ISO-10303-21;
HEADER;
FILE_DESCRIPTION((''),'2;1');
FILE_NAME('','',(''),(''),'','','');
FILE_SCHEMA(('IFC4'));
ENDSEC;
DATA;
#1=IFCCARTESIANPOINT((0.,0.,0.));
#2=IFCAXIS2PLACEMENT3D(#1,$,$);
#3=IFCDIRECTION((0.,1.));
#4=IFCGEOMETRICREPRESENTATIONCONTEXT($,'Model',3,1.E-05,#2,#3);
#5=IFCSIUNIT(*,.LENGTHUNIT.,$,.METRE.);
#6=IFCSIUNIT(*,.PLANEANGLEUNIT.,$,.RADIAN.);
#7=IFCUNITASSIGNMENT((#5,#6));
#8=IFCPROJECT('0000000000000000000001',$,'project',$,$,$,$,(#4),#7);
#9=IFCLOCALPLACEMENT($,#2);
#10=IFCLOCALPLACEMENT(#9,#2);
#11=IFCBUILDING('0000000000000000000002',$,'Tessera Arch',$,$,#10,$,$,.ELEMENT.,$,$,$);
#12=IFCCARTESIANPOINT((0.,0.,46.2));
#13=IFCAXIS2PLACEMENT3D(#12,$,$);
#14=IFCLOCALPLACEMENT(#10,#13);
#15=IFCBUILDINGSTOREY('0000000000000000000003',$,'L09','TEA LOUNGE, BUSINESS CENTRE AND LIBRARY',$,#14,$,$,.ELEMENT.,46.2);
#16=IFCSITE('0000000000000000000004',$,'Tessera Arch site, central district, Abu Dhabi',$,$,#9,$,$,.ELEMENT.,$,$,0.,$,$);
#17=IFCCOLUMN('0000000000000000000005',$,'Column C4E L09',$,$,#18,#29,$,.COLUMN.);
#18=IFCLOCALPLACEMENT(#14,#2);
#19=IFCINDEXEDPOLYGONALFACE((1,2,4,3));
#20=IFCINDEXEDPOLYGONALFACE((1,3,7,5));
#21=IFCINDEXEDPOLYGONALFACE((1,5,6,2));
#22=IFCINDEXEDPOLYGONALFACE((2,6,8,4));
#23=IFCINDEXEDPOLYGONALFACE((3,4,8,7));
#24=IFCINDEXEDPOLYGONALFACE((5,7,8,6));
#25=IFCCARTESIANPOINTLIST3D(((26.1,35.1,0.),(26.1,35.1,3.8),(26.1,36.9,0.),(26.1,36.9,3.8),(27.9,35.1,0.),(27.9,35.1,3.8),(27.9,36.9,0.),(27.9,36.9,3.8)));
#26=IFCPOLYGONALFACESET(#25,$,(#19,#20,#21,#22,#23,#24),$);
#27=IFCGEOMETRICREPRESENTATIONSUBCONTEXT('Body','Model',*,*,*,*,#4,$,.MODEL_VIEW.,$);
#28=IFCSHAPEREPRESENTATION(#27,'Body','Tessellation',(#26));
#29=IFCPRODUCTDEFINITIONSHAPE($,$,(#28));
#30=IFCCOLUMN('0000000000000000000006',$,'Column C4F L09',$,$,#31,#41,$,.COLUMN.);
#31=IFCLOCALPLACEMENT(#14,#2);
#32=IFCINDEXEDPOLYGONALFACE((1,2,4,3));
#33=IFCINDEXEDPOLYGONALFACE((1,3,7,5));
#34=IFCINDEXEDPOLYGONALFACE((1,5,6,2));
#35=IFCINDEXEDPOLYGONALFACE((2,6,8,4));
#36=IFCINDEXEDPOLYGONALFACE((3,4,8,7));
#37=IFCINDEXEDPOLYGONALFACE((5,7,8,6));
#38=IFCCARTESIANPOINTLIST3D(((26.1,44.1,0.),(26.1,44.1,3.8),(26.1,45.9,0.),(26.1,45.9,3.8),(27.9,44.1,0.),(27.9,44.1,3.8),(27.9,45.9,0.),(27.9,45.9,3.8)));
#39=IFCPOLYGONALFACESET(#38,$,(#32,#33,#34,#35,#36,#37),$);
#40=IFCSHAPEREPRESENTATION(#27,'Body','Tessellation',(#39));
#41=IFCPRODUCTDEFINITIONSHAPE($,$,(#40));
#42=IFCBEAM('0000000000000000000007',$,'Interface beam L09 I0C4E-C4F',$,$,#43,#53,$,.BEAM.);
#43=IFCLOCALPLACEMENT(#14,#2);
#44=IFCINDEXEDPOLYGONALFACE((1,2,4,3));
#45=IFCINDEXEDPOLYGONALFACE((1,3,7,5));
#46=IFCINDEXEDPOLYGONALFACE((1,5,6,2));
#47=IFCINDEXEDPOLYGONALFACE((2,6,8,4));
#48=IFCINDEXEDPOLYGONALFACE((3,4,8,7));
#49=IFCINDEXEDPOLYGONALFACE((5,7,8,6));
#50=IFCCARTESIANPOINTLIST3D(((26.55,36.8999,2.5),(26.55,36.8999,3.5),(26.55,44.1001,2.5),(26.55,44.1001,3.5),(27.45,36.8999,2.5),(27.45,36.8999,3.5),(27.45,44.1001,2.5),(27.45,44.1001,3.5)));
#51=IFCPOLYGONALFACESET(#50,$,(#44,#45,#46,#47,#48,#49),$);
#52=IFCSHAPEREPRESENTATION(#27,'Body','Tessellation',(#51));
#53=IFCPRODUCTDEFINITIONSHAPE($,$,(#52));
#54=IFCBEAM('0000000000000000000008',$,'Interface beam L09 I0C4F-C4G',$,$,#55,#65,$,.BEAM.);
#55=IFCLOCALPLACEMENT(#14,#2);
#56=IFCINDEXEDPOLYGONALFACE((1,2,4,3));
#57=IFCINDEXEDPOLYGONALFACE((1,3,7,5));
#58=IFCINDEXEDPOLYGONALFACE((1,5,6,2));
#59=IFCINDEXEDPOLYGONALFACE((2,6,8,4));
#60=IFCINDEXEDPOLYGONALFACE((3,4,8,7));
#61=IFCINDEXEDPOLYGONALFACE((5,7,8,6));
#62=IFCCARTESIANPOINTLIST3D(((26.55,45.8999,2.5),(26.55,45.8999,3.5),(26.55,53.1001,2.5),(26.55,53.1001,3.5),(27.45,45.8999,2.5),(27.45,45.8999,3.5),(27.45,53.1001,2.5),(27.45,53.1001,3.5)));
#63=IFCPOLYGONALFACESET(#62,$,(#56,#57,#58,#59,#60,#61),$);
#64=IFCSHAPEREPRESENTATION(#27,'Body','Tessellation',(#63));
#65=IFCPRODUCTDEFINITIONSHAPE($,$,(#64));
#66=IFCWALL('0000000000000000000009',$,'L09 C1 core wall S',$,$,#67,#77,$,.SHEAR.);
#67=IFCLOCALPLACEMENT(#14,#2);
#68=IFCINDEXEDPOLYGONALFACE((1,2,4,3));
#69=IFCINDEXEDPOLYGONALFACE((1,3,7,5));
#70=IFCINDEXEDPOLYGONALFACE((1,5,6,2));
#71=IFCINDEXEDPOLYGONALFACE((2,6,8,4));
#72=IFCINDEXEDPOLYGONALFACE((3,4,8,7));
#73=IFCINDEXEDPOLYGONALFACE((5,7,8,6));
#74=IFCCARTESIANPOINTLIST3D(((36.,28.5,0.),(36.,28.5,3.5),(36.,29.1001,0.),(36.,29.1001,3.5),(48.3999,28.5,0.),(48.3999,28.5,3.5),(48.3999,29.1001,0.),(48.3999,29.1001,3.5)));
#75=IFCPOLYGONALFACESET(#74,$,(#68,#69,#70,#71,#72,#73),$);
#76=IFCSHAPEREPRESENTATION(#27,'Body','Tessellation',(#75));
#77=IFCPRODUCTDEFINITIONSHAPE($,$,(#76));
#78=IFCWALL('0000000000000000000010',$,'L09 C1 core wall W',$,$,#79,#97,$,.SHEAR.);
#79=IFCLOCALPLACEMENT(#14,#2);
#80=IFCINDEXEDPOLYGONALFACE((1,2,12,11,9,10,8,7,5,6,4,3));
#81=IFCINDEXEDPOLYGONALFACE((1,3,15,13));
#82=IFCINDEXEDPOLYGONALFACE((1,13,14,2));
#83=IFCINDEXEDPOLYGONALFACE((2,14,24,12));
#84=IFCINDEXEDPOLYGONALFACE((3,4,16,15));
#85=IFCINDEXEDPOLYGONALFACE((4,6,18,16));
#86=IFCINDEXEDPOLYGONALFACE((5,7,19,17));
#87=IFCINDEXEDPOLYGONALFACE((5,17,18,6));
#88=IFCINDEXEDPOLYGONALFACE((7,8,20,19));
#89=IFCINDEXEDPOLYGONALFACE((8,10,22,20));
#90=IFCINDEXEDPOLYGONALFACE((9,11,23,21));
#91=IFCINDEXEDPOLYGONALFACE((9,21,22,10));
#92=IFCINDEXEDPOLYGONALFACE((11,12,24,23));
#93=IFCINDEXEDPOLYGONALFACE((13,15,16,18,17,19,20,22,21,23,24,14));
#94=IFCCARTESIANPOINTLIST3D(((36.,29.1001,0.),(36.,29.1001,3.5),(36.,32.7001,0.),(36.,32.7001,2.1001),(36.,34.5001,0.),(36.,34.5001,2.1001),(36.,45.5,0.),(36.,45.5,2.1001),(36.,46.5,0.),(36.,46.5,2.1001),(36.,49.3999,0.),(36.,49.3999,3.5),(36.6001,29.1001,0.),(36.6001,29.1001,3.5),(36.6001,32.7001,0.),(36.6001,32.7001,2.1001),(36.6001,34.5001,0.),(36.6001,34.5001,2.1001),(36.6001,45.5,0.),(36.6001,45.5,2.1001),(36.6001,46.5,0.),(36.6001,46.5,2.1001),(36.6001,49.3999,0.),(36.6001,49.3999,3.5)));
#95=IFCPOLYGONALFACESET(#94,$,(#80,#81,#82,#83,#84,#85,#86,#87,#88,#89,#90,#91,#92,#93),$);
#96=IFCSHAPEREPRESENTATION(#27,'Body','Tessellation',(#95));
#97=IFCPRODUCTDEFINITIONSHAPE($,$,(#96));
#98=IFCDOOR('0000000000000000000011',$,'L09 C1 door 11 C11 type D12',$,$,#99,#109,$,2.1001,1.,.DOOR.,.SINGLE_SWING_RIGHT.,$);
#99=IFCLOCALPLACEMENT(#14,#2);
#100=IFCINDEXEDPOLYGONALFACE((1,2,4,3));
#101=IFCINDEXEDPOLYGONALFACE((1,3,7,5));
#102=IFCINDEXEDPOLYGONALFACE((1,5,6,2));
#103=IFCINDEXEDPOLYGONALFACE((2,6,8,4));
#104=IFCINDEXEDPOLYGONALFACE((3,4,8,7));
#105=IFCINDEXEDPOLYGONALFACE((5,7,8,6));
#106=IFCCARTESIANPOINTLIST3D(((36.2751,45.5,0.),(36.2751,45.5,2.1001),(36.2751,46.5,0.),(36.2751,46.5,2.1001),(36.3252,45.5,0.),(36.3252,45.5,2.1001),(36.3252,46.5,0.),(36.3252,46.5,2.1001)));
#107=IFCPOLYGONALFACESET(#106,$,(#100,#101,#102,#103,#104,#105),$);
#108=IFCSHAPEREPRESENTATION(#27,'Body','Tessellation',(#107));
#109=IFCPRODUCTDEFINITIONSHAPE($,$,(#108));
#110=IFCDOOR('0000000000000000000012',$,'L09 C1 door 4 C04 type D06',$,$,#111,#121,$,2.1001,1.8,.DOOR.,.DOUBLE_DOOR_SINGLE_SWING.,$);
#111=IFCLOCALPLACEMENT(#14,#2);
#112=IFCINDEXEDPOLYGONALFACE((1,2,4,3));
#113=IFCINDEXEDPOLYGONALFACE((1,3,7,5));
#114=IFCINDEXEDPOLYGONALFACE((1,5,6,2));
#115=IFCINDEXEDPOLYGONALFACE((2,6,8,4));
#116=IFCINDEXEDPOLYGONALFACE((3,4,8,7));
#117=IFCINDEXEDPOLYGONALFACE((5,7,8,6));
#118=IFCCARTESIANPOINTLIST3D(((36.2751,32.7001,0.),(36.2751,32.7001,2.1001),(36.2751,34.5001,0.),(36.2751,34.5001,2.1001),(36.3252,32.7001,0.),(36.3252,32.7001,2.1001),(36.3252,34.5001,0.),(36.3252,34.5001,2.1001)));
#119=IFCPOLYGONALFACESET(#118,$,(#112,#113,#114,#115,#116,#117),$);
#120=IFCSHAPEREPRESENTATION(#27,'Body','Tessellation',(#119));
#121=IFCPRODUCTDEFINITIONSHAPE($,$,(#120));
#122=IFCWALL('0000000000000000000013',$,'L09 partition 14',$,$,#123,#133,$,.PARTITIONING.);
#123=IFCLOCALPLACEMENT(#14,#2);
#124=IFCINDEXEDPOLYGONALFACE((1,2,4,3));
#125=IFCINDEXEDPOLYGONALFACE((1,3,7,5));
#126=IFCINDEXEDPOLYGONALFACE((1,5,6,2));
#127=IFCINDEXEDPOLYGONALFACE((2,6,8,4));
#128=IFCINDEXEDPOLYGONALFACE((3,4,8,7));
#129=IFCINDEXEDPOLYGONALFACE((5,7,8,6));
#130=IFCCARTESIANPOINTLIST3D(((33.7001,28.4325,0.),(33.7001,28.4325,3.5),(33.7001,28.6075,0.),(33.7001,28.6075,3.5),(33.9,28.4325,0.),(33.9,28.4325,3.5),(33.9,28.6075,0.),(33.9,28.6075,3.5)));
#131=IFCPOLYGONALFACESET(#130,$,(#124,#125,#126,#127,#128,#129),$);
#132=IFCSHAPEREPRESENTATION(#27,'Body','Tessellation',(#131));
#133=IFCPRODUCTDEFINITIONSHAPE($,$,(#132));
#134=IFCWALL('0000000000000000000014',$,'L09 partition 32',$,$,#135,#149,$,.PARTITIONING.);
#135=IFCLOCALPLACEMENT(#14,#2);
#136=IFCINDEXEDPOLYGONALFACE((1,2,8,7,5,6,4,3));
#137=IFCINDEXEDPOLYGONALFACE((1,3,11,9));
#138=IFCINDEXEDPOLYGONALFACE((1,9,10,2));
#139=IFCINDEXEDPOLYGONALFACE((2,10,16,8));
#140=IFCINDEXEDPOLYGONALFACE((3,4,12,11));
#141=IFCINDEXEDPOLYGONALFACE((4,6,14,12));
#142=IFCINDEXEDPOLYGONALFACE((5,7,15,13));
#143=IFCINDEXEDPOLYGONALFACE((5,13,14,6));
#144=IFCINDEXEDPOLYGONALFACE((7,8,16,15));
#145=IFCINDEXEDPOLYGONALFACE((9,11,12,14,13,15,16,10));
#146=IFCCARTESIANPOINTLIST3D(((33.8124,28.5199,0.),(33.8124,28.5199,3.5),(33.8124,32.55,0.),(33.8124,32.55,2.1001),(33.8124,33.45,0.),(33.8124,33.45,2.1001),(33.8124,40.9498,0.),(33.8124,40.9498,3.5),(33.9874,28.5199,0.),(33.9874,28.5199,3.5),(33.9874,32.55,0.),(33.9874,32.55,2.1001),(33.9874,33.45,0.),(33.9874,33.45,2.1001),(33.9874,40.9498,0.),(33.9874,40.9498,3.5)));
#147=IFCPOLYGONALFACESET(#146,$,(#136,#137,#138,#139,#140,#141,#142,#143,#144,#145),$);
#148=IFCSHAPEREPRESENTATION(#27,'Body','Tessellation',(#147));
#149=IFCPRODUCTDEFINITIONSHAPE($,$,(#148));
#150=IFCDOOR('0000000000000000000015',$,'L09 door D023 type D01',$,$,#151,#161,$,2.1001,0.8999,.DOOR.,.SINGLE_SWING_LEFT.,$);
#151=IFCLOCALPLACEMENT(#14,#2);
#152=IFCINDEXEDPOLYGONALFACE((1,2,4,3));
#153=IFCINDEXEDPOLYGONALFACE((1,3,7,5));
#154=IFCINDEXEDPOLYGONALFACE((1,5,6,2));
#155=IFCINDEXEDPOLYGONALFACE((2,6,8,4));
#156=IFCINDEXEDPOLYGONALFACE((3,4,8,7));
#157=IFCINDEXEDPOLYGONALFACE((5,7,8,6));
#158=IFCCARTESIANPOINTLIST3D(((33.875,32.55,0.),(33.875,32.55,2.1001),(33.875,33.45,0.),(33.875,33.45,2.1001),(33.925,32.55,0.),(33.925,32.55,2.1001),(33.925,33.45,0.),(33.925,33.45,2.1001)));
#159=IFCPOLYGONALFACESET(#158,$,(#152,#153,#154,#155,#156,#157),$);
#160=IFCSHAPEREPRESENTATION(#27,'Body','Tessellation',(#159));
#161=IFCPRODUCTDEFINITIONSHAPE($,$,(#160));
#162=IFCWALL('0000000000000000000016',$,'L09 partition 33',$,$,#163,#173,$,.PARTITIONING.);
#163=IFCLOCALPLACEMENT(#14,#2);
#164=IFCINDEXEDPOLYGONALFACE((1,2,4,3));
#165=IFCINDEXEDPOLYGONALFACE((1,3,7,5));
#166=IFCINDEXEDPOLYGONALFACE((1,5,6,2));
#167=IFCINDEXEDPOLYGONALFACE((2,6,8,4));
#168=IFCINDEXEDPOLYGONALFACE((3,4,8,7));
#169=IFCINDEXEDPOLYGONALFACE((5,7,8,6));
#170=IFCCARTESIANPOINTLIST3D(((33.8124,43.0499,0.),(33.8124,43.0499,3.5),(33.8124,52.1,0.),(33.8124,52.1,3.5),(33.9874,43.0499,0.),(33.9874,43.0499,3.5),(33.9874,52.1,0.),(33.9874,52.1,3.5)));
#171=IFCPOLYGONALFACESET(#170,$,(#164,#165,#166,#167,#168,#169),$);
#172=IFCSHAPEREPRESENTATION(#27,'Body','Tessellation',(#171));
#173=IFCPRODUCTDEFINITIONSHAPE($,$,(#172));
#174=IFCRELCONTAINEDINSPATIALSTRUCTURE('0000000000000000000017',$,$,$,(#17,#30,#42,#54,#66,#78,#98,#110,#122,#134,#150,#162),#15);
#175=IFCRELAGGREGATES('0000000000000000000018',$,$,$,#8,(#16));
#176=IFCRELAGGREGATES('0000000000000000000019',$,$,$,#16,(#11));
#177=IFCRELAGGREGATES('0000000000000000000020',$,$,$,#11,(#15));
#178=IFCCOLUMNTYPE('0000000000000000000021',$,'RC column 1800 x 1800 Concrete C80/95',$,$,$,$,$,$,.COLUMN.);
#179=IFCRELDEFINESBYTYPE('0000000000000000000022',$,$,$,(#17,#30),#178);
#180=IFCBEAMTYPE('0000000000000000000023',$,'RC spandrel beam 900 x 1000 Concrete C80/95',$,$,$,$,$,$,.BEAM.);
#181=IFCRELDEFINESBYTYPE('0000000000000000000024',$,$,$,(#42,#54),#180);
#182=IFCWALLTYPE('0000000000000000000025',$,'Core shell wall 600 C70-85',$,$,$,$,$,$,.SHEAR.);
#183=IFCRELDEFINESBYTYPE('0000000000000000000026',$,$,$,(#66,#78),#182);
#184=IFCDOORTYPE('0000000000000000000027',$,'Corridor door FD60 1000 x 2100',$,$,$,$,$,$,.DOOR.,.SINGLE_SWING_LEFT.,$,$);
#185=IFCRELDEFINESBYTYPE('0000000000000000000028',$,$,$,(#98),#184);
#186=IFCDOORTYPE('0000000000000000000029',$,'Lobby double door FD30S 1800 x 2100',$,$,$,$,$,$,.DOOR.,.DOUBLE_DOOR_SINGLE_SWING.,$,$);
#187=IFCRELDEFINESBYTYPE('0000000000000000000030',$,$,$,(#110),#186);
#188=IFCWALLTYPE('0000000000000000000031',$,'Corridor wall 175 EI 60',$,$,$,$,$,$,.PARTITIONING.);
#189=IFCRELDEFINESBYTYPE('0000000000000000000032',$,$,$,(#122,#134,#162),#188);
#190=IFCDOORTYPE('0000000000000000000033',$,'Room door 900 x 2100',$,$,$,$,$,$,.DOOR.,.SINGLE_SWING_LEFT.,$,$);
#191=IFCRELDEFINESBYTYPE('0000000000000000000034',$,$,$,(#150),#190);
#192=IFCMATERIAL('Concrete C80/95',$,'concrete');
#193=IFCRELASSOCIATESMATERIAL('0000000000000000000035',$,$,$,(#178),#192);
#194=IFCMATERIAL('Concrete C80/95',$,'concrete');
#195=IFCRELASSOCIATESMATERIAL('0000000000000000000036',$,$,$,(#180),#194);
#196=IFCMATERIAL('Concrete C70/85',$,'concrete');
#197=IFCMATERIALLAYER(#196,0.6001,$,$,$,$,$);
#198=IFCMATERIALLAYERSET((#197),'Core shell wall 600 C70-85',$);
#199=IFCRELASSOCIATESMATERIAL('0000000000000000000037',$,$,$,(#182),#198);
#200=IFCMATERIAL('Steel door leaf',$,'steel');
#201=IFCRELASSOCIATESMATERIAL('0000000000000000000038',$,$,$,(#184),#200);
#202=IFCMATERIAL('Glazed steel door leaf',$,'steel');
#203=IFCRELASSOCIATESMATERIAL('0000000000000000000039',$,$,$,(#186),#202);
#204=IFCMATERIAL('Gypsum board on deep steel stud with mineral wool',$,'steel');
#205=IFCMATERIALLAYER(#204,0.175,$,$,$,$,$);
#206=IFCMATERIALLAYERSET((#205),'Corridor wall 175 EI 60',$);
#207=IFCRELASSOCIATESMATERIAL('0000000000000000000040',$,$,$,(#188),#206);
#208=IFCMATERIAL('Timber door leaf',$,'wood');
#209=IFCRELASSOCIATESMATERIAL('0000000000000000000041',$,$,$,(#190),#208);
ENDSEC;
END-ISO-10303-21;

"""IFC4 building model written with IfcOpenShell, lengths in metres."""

from ifc_helpers import new_model, si_unit, direction, frame, frame_2d, origin, origin_2d, place, context, subcontext, project, spatial, rectangle, extrude, material, layer, layer_set, material_profile, profile_set, type_object, element, fill, save


model = new_model("IFC4")

# Units and contexts
model_context = context("Model", 3, precision=1e-05, world=origin(), true_north=direction((0.0, 1.0)))
body_context = subcontext(model_context, "Body", "Model", "MODEL_VIEW")
ifc_project = project(units=[si_unit("LENGTHUNIT", "METRE"), si_unit("PLANEANGLEUNIT", "RADIAN")], contexts=[model_context])

# Site, building, storey
site_placement = place(None, origin())
site = spatial("IfcSite", under=ifc_project, at=site_placement, Name="Tessera Arch site, central district, Abu Dhabi", CompositionType="ELEMENT", RefElevation=0.0)
building_placement = place(site_placement, origin())
building = spatial("IfcBuilding", under=site, at=building_placement, Name="Tessera Arch", CompositionType="ELEMENT")
storey_placement = place(building_placement, frame((0.0, 0.0, 46.2)))
storey = spatial("IfcBuildingStorey", under=building, at=storey_placement, Name="L09", Description="TEA LOUNGE, BUSINESS CENTRE AND LIBRARY", CompositionType="ELEMENT", Elevation=46.2)

# Columns
ifc_material_1 = material(Name="Concrete C80/95", Category="concrete")
ifc_material_profile_1 = material_profile(ifc_material_1, rectangle(XDim=1.8, YDim=1.8, at=origin_2d()), Name="RC column 1800 x 1800 Concrete C80/95")
ifc_profile_set_1 = profile_set([ifc_material_profile_1], Name="Concrete C80/95")
column_type = type_object("IfcColumnType", Name="RC column 1800 x 1800 Concrete C80/95", PredefinedType="COLUMN", material=ifc_profile_set_1)
for number, where, z_axis, x_axis, name in (
    (1, (27.0, 36.0, 0.0), (0.0, 0.0, 1.0), (1.0, 0.0, 0.0), "Column C4E L09"),
    (2, (27.0, 45.0, 0.0), (0.0, 0.0, 1.0), (1.0, 0.0, 0.0), "Column C4F L09"),
):
    element("IfcColumn", number, at=place(storey_placement, frame(where, z_axis=z_axis, x_axis=x_axis)), inside=storey, type_object=column_type, Name=name, PredefinedType="COLUMN", context=body_context, shape_type="SweptSolid", body=[
        extrude(rectangle(XDim=1.8, YDim=1.8, at=origin_2d()), origin(), (0.0, 0.0, 1.0), 3.8),
    ])

# Beams
ifc_material_2 = material(Name="Concrete C80/95", Category="concrete")
ifc_material_profile_2 = material_profile(ifc_material_2, rectangle(XDim=0.8999, YDim=1.0, at=origin_2d()), Name="RC spandrel beam 900 x 1000 Concrete C80/95")
ifc_profile_set_2 = profile_set([ifc_material_profile_2], Name="Concrete C80/95")
beam_type = type_object("IfcBeamType", Name="RC spandrel beam 900 x 1000 Concrete C80/95", PredefinedType="BEAM", material=ifc_profile_set_2)
for number, where, z_axis, x_axis, name in (
    (3, (27.0, 36.8999, 3.0), (0.0, 1.0, 0.0), (-1.0, 0.0, 0.0), "Interface beam L09 I0C4E-C4F"),
    (4, (27.0, 45.8999, 3.0), (0.0, 1.0, 0.0), (-1.0, 0.0, 0.0), "Interface beam L09 I0C4F-C4G"),
):
    element("IfcBeam", number, at=place(storey_placement, frame(where, z_axis=z_axis, x_axis=x_axis)), inside=storey, type_object=beam_type, Name=name, PredefinedType="BEAM", context=body_context, shape_type="SweptSolid", body=[
        extrude(rectangle(XDim=0.8999, YDim=1.0, at=origin_2d()), origin(), (0.0, 0.0, 1.0), 7.2002),
    ])

# Wall
ifc_material_3 = material(Name="Concrete C70/85", Category="concrete")
ifc_layer_1 = layer(ifc_material_3, 0.6001)
ifc_layer_set_1 = layer_set([ifc_layer_1], Name="Core shell wall 600 C70-85")
wall_type_1 = type_object("IfcWallType", Name="Core shell wall 600 C70-85", PredefinedType="SHEAR", material=ifc_layer_set_1)
wall_1_placement = place(storey_placement, frame((36.0, 28.8, 0.0), z_axis=(0.0, 0.0, 1.0), x_axis=(1.0, 0.0, 0.0)))
element("IfcWall", 5, at=wall_1_placement, inside=storey, type_object=wall_type_1, Name="L09 C1 core wall S", PredefinedType="SHEAR", context=body_context, shape_type="SweptSolid", body=[
    extrude(rectangle(XDim=12.3999, YDim=0.6001, at=frame_2d((6.2, 0.0))), origin(), (0.0, 0.0, 1.0), 3.5),
])

# Wall, openings, doors
wall_2_placement = place(storey_placement, frame((36.3, 29.1001, 0.0), z_axis=(0.0, 0.0, 1.0), x_axis=(0.0, 1.0, 0.0)))
wall_2 = element("IfcWall", 6, at=wall_2_placement, inside=storey, type_object=wall_type_1, Name="L09 C1 core wall W", PredefinedType="SHEAR", context=body_context, shape_type="SweptSolid", body=[
    extrude(rectangle(XDim=20.2998, YDim=0.6001, at=frame_2d((10.1499, 0.0))), origin(), (0.0, 0.0, 1.0), 3.5),
])
opening_1_placement = place(wall_2_placement, frame((3.6001, 0.0, 0.0)))
opening_1 = element("IfcOpeningElement", 7, at=opening_1_placement, cuts=wall_2, PredefinedType="OPENING", context=body_context, shape_type="SweptSolid", body=[
    extrude(rectangle(XDim=1.8, YDim=2.1001, at=frame_2d((0.8999, 1.05))), frame((0.0, 0.3101, 0.0), z_axis=(0.0, -1.0, 0.0), x_axis=(1.0, 0.0, 0.0)), (0.0, 0.0, 1.0), 0.6201),
])
opening_2_placement = place(wall_2_placement, frame((16.3999, 0.0, 0.0)))
opening_2 = element("IfcOpeningElement", 8, at=opening_2_placement, cuts=wall_2, PredefinedType="OPENING", context=body_context, shape_type="SweptSolid", body=[
    extrude(rectangle(XDim=1.0, YDim=2.1001, at=frame_2d((0.5, 1.05))), frame((0.0, 0.3101, 0.0), z_axis=(0.0, -1.0, 0.0), x_axis=(1.0, 0.0, 0.0)), (0.0, 0.0, 1.0), 0.6201),
])
ifc_material_4 = material(Name="Steel door leaf", Category="steel")
door_type_1 = type_object("IfcDoorType", Name="Corridor door FD60 1000 x 2100", OperationType="SINGLE_SWING_LEFT", PredefinedType="DOOR", material=ifc_material_4)
door_1_placement = place(opening_2_placement, origin())
door_1 = element("IfcDoor", 9, at=door_1_placement, inside=storey, type_object=door_type_1, Name="L09 C1 door 11 C11 type D12", OperationType="SINGLE_SWING_RIGHT", OverallHeight=2.1001, OverallWidth=1.0, PredefinedType="DOOR", context=body_context, shape_type="SweptSolid", body=[
    extrude(rectangle(XDim=1.0, YDim=2.1001, at=frame_2d((0.5, 1.05))), frame((0.0, 0.0249, 0.0), z_axis=(0.0, -1.0, 0.0), x_axis=(1.0, 0.0, 0.0)), (0.0, 0.0, 1.0), 0.05),
])
fill(opening_2, door_1)
ifc_material_5 = material(Name="Glazed steel door leaf", Category="steel")
door_type_2 = type_object("IfcDoorType", Name="Lobby double door FD30S 1800 x 2100", OperationType="DOUBLE_DOOR_SINGLE_SWING", PredefinedType="DOOR", material=ifc_material_5)
door_2_placement = place(opening_1_placement, origin())
door_2 = element("IfcDoor", 10, at=door_2_placement, inside=storey, type_object=door_type_2, Name="L09 C1 door 4 C04 type D06", OperationType="DOUBLE_DOOR_SINGLE_SWING", OverallHeight=2.1001, OverallWidth=1.8, PredefinedType="DOOR", context=body_context, shape_type="SweptSolid", body=[
    extrude(rectangle(XDim=1.8, YDim=2.1001, at=frame_2d((0.8999, 1.05))), frame((0.0, 0.0249, 0.0), z_axis=(0.0, -1.0, 0.0), x_axis=(1.0, 0.0, 0.0)), (0.0, 0.0, 1.0), 0.05),
])
fill(opening_1, door_2)

# Wall
ifc_material_6 = material(Name="Gypsum board on deep steel stud with mineral wool", Category="steel")
ifc_layer_2 = layer(ifc_material_6, 0.175)
ifc_layer_set_2 = layer_set([ifc_layer_2], Name="Corridor wall 175 EI 60")
wall_type_2 = type_object("IfcWallType", Name="Corridor wall 175 EI 60", PredefinedType="PARTITIONING", material=ifc_layer_set_2)
wall_3_placement = place(storey_placement, frame((33.7, 28.52, 0.0), z_axis=(0.0, 0.0, 1.0), x_axis=(1.0, 0.0, 0.0)))
element("IfcWall", 11, at=wall_3_placement, inside=storey, type_object=wall_type_2, Name="L09 partition 14", PredefinedType="PARTITIONING", context=body_context, shape_type="SweptSolid", body=[
    extrude(rectangle(XDim=0.2, YDim=0.175, at=frame_2d((0.1001, 0.0))), origin(), (0.0, 0.0, 1.0), 3.5),
])

# Wall, opening, door
wall_4_placement = place(storey_placement, frame((33.8999, 28.52, 0.0), z_axis=(0.0, 0.0, 1.0), x_axis=(0.0, 1.0, 0.0)))
wall_4 = element("IfcWall", 12, at=wall_4_placement, inside=storey, type_object=wall_type_2, Name="L09 partition 32", PredefinedType="PARTITIONING", context=body_context, shape_type="SweptSolid", body=[
    extrude(rectangle(XDim=12.4299, YDim=0.175, at=frame_2d((6.2148, 0.0))), origin(), (0.0, 0.0, 1.0), 3.5),
])
opening_3_placement = place(wall_4_placement, frame((4.03, 0.0, 0.0)))
opening_3 = element("IfcOpeningElement", 13, at=opening_3_placement, cuts=wall_4, PredefinedType="OPENING", context=body_context, shape_type="SweptSolid", body=[
    extrude(rectangle(XDim=0.8999, YDim=2.1001, at=frame_2d((0.45, 1.05))), frame((0.0, 0.0974, 0.0), z_axis=(0.0, -1.0, 0.0), x_axis=(1.0, 0.0, 0.0)), (0.0, 0.0, 1.0), 0.1951),
])
ifc_material_7 = material(Name="Timber door leaf", Category="wood")
door_type_3 = type_object("IfcDoorType", Name="Room door 900 x 2100", OperationType="SINGLE_SWING_LEFT", PredefinedType="DOOR", material=ifc_material_7)
door_3_placement = place(opening_3_placement, origin())
door_3 = element("IfcDoor", 14, at=door_3_placement, inside=storey, type_object=door_type_3, Name="L09 door D023 type D01", OperationType="SINGLE_SWING_LEFT", OverallHeight=2.1001, OverallWidth=0.8999, PredefinedType="DOOR", context=body_context, shape_type="SweptSolid", body=[
    extrude(rectangle(XDim=0.8999, YDim=2.1001, at=frame_2d((0.45, 1.05))), frame((0.0, 0.0249, 0.0), z_axis=(0.0, -1.0, 0.0), x_axis=(1.0, 0.0, 0.0)), (0.0, 0.0, 1.0), 0.05),
])
fill(opening_3, door_3)

# Wall
wall_5_placement = place(storey_placement, frame((33.8999, 43.05, 0.0), z_axis=(0.0, 0.0, 1.0), x_axis=(0.0, 1.0, 0.0)))
element("IfcWall", 15, at=wall_5_placement, inside=storey, type_object=wall_type_2, Name="L09 partition 33", PredefinedType="PARTITIONING", context=body_context, shape_type="SweptSolid", body=[
    extrude(rectangle(XDim=9.05, YDim=0.175, at=frame_2d((4.5249, 0.0))), origin(), (0.0, 0.0, 1.0), 3.5),
])

save(model, "model.ifc")
